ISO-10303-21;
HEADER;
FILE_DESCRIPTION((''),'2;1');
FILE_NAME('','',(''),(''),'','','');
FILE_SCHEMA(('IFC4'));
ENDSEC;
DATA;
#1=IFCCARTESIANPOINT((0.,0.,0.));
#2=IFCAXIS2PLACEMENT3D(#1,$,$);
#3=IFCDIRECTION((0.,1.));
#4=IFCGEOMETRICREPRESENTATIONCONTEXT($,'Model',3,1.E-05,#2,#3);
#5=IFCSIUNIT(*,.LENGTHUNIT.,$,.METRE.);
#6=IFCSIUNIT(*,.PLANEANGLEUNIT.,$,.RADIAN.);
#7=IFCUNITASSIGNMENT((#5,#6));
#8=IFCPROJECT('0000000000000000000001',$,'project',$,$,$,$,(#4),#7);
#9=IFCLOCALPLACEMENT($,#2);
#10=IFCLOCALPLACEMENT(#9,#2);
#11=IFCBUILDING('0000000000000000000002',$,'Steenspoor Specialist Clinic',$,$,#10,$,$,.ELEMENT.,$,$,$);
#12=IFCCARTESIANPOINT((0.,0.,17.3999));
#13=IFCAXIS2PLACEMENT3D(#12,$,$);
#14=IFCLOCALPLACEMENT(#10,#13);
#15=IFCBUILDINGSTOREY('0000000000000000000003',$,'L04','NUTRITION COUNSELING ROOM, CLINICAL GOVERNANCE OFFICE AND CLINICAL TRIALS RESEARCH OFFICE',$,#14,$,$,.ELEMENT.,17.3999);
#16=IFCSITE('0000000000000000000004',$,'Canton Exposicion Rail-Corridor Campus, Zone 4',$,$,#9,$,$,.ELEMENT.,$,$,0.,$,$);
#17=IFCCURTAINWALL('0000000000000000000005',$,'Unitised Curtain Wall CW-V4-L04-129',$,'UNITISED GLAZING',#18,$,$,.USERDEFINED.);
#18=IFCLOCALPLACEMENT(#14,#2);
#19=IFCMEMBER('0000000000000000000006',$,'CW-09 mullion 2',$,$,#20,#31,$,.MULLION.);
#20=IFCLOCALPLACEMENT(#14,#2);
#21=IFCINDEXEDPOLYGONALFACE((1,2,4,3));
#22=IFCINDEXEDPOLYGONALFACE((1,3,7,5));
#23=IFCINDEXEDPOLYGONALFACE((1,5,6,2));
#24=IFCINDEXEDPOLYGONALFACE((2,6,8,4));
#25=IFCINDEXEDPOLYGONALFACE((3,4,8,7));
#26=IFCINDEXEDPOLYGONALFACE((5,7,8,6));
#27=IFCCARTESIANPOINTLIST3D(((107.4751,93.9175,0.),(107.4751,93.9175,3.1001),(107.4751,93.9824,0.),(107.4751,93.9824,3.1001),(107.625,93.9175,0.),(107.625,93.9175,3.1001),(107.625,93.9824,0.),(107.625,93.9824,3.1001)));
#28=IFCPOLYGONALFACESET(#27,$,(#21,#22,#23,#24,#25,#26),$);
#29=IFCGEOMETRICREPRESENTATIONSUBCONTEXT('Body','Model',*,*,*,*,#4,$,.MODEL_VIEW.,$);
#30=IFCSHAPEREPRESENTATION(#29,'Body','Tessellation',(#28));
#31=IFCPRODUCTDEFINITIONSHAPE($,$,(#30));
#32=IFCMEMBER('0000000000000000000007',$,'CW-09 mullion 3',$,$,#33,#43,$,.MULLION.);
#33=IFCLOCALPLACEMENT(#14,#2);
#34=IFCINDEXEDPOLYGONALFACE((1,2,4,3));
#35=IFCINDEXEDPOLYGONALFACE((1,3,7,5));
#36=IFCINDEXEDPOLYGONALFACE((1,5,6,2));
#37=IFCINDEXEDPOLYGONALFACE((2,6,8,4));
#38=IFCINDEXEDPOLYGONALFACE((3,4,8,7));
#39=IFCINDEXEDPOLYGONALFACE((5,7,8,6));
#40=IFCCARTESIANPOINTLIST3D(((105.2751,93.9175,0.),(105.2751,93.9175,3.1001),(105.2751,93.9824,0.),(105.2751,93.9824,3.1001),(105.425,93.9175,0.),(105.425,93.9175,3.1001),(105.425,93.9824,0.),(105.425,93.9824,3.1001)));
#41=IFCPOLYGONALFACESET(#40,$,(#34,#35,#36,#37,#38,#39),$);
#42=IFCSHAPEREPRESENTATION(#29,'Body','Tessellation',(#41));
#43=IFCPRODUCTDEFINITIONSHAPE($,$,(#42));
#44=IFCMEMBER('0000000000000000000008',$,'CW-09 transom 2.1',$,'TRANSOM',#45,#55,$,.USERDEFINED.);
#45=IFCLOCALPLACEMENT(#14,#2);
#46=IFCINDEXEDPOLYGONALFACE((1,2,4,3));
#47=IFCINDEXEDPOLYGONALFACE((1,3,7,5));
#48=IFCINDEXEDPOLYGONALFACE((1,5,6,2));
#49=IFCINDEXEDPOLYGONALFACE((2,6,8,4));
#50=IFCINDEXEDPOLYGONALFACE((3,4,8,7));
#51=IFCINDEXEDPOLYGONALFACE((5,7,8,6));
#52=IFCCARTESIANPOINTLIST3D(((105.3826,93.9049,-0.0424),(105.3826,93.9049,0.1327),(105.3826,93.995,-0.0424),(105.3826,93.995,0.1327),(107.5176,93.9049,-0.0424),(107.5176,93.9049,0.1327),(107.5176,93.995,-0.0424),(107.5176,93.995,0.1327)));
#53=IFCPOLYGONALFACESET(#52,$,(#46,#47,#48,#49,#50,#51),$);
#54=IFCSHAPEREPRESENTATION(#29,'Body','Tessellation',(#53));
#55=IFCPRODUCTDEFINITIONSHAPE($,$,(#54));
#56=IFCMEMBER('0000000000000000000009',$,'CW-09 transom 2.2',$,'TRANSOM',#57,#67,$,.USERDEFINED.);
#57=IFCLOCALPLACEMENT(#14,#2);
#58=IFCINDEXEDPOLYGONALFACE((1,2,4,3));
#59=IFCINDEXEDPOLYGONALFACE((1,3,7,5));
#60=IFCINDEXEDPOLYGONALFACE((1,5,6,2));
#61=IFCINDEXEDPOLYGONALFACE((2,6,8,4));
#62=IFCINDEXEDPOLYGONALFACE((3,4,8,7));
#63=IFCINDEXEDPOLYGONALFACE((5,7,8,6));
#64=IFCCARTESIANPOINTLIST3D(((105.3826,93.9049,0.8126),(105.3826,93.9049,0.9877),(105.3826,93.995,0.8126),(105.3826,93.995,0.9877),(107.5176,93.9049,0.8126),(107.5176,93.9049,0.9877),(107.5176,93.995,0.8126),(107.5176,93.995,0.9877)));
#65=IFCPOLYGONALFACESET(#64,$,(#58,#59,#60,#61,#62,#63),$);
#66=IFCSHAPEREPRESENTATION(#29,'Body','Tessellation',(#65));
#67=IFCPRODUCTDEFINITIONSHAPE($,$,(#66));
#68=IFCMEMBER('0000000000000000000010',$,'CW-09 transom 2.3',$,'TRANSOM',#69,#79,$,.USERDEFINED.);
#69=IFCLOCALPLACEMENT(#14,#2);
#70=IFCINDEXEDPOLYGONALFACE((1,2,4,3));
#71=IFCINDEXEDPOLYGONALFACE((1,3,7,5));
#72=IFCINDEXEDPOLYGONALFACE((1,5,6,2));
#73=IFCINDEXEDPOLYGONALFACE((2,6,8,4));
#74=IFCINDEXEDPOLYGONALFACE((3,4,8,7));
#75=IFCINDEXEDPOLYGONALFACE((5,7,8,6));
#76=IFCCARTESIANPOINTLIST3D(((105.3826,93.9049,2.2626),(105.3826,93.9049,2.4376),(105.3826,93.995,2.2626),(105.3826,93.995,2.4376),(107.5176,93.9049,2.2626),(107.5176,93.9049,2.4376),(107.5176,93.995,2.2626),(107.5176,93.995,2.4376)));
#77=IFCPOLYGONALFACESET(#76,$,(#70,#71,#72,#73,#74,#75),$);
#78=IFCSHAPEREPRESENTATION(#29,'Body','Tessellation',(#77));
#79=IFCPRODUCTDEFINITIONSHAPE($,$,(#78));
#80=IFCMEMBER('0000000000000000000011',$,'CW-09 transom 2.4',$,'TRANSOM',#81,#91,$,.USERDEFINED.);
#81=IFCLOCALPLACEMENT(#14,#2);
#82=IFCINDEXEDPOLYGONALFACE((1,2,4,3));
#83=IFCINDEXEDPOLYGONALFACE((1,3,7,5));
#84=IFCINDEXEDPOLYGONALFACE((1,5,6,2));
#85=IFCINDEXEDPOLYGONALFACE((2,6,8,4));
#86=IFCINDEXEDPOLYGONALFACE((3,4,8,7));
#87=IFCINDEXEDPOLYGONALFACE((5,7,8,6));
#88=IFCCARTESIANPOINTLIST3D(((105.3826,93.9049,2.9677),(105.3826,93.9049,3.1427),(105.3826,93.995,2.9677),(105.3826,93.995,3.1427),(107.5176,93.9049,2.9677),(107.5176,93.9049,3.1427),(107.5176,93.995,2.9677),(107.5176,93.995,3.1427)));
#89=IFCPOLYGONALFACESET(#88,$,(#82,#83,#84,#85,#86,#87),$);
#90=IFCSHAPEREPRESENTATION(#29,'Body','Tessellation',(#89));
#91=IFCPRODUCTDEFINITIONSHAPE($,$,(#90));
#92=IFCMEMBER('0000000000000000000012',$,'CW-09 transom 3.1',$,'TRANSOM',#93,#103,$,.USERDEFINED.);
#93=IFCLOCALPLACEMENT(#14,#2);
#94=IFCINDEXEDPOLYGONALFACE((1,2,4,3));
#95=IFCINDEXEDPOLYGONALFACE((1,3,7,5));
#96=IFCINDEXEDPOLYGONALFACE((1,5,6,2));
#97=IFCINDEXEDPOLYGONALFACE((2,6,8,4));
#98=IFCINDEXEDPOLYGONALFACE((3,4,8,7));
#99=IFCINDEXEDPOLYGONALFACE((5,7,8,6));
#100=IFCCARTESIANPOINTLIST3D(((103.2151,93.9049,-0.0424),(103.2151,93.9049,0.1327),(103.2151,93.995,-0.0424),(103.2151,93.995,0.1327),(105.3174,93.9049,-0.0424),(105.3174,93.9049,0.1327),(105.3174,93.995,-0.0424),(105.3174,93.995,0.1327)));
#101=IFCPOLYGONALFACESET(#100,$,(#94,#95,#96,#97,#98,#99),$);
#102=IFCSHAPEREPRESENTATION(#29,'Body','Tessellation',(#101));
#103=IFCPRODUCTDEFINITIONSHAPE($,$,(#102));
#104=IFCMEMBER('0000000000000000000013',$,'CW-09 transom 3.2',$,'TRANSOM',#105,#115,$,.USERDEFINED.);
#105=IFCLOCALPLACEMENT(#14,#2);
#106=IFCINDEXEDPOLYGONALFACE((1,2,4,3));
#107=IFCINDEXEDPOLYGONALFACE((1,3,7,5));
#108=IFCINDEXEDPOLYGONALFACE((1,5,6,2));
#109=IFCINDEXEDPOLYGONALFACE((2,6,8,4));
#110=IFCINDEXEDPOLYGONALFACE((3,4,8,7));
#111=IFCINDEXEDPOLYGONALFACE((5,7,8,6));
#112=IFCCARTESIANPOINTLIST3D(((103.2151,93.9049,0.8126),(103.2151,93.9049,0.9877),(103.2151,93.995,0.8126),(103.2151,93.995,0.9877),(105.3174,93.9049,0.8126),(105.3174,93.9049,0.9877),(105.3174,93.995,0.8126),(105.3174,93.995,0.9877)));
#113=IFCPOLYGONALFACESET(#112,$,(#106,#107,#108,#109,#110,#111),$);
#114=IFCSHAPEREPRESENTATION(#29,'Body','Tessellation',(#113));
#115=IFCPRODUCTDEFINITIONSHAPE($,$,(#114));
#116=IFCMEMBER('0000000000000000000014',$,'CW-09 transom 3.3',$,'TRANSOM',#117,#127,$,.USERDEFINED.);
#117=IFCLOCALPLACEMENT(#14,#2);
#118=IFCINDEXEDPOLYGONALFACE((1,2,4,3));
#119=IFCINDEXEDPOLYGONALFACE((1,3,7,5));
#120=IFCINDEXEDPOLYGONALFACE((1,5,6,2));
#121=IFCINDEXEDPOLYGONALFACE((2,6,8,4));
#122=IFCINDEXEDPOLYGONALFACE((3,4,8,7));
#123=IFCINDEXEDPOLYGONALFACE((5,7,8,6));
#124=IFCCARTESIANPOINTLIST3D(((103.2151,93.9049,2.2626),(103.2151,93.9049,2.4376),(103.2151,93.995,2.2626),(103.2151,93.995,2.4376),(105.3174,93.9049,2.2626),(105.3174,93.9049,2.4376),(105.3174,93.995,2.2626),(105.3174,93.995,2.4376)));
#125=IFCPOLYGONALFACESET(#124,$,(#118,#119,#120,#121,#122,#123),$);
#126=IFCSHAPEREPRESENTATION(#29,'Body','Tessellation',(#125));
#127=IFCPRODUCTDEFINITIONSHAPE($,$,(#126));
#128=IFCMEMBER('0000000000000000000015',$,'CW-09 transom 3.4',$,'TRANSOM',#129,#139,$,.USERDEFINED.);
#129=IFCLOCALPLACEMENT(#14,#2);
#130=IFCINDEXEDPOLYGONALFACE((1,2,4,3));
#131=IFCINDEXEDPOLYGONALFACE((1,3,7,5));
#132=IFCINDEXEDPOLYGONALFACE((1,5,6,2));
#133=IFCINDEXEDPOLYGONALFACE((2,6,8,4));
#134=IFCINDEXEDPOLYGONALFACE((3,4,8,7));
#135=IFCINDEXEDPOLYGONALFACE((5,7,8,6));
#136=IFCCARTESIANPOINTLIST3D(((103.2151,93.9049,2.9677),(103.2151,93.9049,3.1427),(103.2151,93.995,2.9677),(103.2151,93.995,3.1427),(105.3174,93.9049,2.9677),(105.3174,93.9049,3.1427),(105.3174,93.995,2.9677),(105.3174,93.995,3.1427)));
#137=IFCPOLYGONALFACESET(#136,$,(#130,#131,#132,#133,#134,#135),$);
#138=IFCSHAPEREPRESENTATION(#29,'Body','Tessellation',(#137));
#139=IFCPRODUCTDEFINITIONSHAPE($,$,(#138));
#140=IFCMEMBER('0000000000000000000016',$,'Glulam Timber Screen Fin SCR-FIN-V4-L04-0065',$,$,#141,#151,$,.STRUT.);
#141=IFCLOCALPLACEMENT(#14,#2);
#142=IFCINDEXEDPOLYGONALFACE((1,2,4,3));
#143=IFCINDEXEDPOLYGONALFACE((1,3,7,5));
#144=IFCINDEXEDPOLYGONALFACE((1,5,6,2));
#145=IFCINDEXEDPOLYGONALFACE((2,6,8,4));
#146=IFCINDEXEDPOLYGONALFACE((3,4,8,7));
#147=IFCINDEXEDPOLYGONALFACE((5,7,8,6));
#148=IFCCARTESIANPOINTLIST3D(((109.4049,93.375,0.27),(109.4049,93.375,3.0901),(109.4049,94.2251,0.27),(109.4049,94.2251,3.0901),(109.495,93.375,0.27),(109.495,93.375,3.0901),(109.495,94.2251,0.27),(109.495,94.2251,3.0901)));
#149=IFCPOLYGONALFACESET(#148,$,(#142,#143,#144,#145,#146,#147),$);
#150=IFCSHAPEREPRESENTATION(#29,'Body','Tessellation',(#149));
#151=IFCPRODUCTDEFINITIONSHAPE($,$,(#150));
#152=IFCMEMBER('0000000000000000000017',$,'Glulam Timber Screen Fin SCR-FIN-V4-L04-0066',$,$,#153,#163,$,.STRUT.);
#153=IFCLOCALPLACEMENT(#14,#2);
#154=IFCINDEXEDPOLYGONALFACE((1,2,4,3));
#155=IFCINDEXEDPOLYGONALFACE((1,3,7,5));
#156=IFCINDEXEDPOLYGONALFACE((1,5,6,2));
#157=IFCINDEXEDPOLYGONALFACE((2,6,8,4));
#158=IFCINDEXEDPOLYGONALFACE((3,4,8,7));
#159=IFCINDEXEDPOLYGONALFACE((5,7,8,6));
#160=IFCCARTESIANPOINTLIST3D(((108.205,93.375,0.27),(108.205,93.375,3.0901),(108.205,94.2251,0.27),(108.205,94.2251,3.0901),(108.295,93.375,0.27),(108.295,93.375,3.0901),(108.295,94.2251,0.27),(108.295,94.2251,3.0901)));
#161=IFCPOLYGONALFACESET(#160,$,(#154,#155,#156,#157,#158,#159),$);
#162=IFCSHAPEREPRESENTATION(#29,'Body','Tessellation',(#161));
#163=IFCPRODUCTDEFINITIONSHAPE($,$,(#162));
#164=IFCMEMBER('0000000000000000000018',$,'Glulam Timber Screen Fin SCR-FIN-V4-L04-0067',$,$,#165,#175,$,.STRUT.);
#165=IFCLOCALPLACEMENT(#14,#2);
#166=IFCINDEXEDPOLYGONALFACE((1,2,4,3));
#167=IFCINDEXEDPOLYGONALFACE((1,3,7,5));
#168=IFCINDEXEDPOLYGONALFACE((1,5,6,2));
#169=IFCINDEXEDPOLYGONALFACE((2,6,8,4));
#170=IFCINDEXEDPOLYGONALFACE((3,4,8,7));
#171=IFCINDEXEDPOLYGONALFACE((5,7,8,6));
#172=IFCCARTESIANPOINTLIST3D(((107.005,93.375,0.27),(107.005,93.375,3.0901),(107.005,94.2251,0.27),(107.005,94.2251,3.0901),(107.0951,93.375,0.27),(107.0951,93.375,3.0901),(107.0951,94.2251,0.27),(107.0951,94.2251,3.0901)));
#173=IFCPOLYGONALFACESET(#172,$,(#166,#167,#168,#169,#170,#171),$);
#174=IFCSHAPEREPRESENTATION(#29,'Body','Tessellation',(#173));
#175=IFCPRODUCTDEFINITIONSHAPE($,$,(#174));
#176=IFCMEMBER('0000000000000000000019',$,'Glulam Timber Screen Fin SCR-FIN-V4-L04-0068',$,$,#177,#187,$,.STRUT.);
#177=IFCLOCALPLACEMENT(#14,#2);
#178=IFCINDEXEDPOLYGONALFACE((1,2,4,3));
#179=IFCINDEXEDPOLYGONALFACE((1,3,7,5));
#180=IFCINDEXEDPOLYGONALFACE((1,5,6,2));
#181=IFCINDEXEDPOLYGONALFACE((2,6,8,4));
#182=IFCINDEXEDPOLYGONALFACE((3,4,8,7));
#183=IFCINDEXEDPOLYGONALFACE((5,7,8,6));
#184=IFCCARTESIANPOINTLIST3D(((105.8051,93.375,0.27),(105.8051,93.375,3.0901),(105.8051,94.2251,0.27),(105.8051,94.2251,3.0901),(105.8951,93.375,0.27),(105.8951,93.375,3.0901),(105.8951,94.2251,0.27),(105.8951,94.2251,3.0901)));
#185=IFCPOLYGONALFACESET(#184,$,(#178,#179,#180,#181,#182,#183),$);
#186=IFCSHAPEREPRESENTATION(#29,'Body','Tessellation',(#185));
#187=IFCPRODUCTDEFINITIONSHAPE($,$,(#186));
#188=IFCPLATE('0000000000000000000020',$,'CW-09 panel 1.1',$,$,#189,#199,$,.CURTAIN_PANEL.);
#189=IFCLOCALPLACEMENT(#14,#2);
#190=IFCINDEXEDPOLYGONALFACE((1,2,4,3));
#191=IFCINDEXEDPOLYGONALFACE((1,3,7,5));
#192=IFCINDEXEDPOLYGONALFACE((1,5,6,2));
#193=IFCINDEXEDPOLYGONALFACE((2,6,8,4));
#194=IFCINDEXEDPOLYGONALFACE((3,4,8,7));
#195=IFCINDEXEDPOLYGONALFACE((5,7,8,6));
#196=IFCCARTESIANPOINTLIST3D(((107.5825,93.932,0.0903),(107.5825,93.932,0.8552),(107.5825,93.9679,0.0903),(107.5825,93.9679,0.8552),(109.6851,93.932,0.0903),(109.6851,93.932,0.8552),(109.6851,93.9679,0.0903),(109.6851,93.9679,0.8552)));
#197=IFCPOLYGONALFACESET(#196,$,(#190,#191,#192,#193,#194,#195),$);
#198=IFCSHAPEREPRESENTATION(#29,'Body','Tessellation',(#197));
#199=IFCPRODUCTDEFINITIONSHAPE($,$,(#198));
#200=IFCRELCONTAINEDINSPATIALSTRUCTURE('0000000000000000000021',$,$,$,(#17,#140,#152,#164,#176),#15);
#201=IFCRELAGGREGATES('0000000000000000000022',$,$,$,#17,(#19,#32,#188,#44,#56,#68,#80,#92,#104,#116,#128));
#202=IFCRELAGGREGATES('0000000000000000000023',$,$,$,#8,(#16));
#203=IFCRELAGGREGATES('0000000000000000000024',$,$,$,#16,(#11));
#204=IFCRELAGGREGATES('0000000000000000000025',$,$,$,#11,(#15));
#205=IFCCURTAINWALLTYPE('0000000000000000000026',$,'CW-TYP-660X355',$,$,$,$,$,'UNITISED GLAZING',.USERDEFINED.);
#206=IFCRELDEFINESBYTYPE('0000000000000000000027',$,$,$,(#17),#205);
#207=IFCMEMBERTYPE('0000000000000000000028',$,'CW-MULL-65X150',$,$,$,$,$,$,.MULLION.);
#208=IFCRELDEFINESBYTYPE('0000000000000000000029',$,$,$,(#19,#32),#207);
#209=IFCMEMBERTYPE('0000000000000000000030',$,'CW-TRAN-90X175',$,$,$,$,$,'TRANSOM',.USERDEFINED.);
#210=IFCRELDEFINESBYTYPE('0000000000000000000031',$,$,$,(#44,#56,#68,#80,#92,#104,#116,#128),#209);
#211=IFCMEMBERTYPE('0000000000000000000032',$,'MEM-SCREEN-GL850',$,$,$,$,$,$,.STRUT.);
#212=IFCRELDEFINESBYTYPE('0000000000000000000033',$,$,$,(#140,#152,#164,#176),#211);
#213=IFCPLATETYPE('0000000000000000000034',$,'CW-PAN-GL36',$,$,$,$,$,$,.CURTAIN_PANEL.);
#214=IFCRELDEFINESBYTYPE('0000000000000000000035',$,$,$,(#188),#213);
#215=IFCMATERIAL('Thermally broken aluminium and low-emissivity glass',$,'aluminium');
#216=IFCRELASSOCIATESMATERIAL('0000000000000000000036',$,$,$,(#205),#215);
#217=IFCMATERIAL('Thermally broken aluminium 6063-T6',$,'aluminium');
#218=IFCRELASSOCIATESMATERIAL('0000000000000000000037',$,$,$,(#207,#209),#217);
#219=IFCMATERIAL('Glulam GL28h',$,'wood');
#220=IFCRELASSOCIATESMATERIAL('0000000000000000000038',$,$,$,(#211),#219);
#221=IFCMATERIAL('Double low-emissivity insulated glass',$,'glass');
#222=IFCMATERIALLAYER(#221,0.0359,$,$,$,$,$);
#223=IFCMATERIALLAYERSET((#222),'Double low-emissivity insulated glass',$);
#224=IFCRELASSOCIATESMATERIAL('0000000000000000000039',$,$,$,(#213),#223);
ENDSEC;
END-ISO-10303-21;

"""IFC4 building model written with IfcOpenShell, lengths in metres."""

from ifc_helpers import new_model, si_unit, direction, frame, origin, origin_2d, place, context, subcontext, project, spatial, rectangle, extrude, material, layer, layer_set, material_profile, profile_set, type_object, element, aggregate, save


model = new_model("IFC4")

# Units and contexts
model_context = context("Model", 3, precision=1e-05, world=origin(), true_north=direction((0.0, 1.0)))
body_context = subcontext(model_context, "Body", "Model", "MODEL_VIEW")
ifc_project = project(units=[si_unit("LENGTHUNIT", "METRE"), si_unit("PLANEANGLEUNIT", "RADIAN")], contexts=[model_context])

# Site, building, storey
site_placement = place(None, origin())
site = spatial("IfcSite", under=ifc_project, at=site_placement, Name="Canton Exposicion Rail-Corridor Campus, Zone 4", CompositionType="ELEMENT", RefElevation=0.0)
building_placement = place(site_placement, origin())
building = spatial("IfcBuilding", under=site, at=building_placement, Name="Steenspoor Specialist Clinic", CompositionType="ELEMENT")
storey_placement = place(building_placement, frame((0.0, 0.0, 17.3999)))
storey = spatial("IfcBuildingStorey", under=building, at=storey_placement, Name="L04", Description="NUTRITION COUNSELING ROOM, CLINICAL GOVERNANCE OFFICE AND CLINICAL TRIALS RESEARCH OFFICE", CompositionType="ELEMENT", Elevation=17.3999)

# Curtain wall, members
ifc_material_1 = material(Name="Thermally broken aluminium and low-emissivity glass", Category="aluminium")
curtain_wall_type = type_object("IfcCurtainWallType", Name="CW-TYP-660X355", ElementType="UNITISED GLAZING", PredefinedType="USERDEFINED", material=ifc_material_1)
curtain_wall_placement = place(storey_placement, origin())
curtain_wall = element("IfcCurtainWall", 1, at=curtain_wall_placement, inside=storey, type_object=curtain_wall_type, Name="Unitised Curtain Wall CW-V4-L04-129", ObjectType="UNITISED GLAZING", PredefinedType="USERDEFINED")
ifc_material_2 = material(Name="Thermally broken aluminium 6063-T6", Category="aluminium")
ifc_material_profile_1 = material_profile(ifc_material_2, rectangle(XDim=0.0649, YDim=0.1499, at=origin_2d()), Name="CWM-65X150")
ifc_profile_set_1 = profile_set([ifc_material_profile_1], Name="Thermally broken aluminium 6063-T6")
member_type_1 = type_object("IfcMemberType", Name="CW-MULL-65X150", PredefinedType="MULLION", material=ifc_profile_set_1)
member_1_placement = place(storey_placement, frame((107.55, 93.95, 0.0), z_axis=(0.0, 0.0, 1.0), x_axis=(0.0, -1.0, 0.0)))
member_1 = element("IfcMember", 2, at=member_1_placement, type_object=member_type_1, Name="CW-09 mullion 2", PredefinedType="MULLION", context=body_context, shape_type="SweptSolid", body=[
    extrude(rectangle(XDim=0.0649, YDim=0.1499, at=origin_2d()), origin(), (0.0, 0.0, 1.0), 3.1001),
])
member_2_placement = place(storey_placement, frame((105.3501, 93.95, 0.0), z_axis=(0.0, 0.0, 1.0), x_axis=(0.0, -1.0, 0.0)))
member_2 = element("IfcMember", 3, at=member_2_placement, type_object=member_type_1, Name="CW-09 mullion 3", PredefinedType="MULLION", context=body_context, shape_type="SweptSolid", body=[
    extrude(rectangle(XDim=0.0649, YDim=0.1499, at=origin_2d()), origin(), (0.0, 0.0, 1.0), 3.1001),
])
ifc_material_profile_2 = material_profile(ifc_material_2, rectangle(XDim=0.0901, YDim=0.175, at=origin_2d()), Name="CWT-90X175")
ifc_profile_set_2 = profile_set([ifc_material_profile_2], Name="Thermally broken aluminium 6063-T6")
member_type_2 = type_object("IfcMemberType", Name="CW-TRAN-90X175", ElementType="TRANSOM", PredefinedType="USERDEFINED", material=ifc_profile_set_2)
member_3_placement = place(storey_placement, frame((107.5176, 93.95, 0.0452), z_axis=(-1.0, 0.0, 0.0), x_axis=(0.0, -1.0, 0.0)))
member_3 = element("IfcMember", 4, at=member_3_placement, type_object=member_type_2, Name="CW-09 transom 2.1", ObjectType="TRANSOM", PredefinedType="USERDEFINED", context=body_context, shape_type="SweptSolid", body=[
    extrude(rectangle(XDim=0.0901, YDim=0.175, at=origin_2d()), origin(), (0.0, 0.0, 1.0), 2.135),
])
member_4_placement = place(storey_placement, frame((107.5176, 93.95, 0.9001), z_axis=(-1.0, 0.0, 0.0), x_axis=(0.0, -1.0, 0.0)))
member_4 = element("IfcMember", 5, at=member_4_placement, type_object=member_type_2, Name="CW-09 transom 2.2", ObjectType="TRANSOM", PredefinedType="USERDEFINED", context=body_context, shape_type="SweptSolid", body=[
    extrude(rectangle(XDim=0.0901, YDim=0.175, at=origin_2d()), origin(), (0.0, 0.0, 1.0), 2.135),
])
member_5_placement = place(storey_placement, frame((107.5176, 93.95, 2.3501), z_axis=(-1.0, 0.0, 0.0), x_axis=(0.0, -1.0, 0.0)))
member_5 = element("IfcMember", 6, at=member_5_placement, type_object=member_type_2, Name="CW-09 transom 2.3", ObjectType="TRANSOM", PredefinedType="USERDEFINED", context=body_context, shape_type="SweptSolid", body=[
    extrude(rectangle(XDim=0.0901, YDim=0.175, at=origin_2d()), origin(), (0.0, 0.0, 1.0), 2.135),
])
member_6_placement = place(storey_placement, frame((107.5176, 93.95, 3.0552), z_axis=(-1.0, 0.0, 0.0), x_axis=(0.0, -1.0, 0.0)))
member_6 = element("IfcMember", 7, at=member_6_placement, type_object=member_type_2, Name="CW-09 transom 2.4", ObjectType="TRANSOM", PredefinedType="USERDEFINED", context=body_context, shape_type="SweptSolid", body=[
    extrude(rectangle(XDim=0.0901, YDim=0.175, at=origin_2d()), origin(), (0.0, 0.0, 1.0), 2.135),
])
member_7_placement = place(storey_placement, frame((105.3174, 93.95, 0.0452), z_axis=(-1.0, 0.0, 0.0), x_axis=(0.0, -1.0, 0.0)))
member_7 = element("IfcMember", 8, at=member_7_placement, type_object=member_type_2, Name="CW-09 transom 3.1", ObjectType="TRANSOM", PredefinedType="USERDEFINED", context=body_context, shape_type="SweptSolid", body=[
    extrude(rectangle(XDim=0.0901, YDim=0.175, at=origin_2d()), origin(), (0.0, 0.0, 1.0), 2.1023),
])
member_8_placement = place(storey_placement, frame((105.3174, 93.95, 0.9001), z_axis=(-1.0, 0.0, 0.0), x_axis=(0.0, -1.0, 0.0)))
member_8 = element("IfcMember", 9, at=member_8_placement, type_object=member_type_2, Name="CW-09 transom 3.2", ObjectType="TRANSOM", PredefinedType="USERDEFINED", context=body_context, shape_type="SweptSolid", body=[
    extrude(rectangle(XDim=0.0901, YDim=0.175, at=origin_2d()), origin(), (0.0, 0.0, 1.0), 2.1023),
])
member_9_placement = place(storey_placement, frame((105.3174, 93.95, 2.3501), z_axis=(-1.0, 0.0, 0.0), x_axis=(0.0, -1.0, 0.0)))
member_9 = element("IfcMember", 10, at=member_9_placement, type_object=member_type_2, Name="CW-09 transom 3.3", ObjectType="TRANSOM", PredefinedType="USERDEFINED", context=body_context, shape_type="SweptSolid", body=[
    extrude(rectangle(XDim=0.0901, YDim=0.175, at=origin_2d()), origin(), (0.0, 0.0, 1.0), 2.1023),
])
member_10_placement = place(storey_placement, frame((105.3174, 93.95, 3.0552), z_axis=(-1.0, 0.0, 0.0), x_axis=(0.0, -1.0, 0.0)))
member_10 = element("IfcMember", 11, at=member_10_placement, type_object=member_type_2, Name="CW-09 transom 3.4", ObjectType="TRANSOM", PredefinedType="USERDEFINED", context=body_context, shape_type="SweptSolid", body=[
    extrude(rectangle(XDim=0.0901, YDim=0.175, at=origin_2d()), origin(), (0.0, 0.0, 1.0), 2.1023),
])

# Members
ifc_material_3 = material(Name="Glulam GL28h", Category="wood")
ifc_material_profile_3 = material_profile(ifc_material_3, rectangle(XDim=0.0901, YDim=0.8501, at=origin_2d()), Name="GL28H-90X850")
ifc_profile_set_3 = profile_set([ifc_material_profile_3], Name="Glulam GL28h")
member_type_3 = type_object("IfcMemberType", Name="MEM-SCREEN-GL850", PredefinedType="STRUT", material=ifc_profile_set_3)
for number, where, z_axis, x_axis, name in (
    (12, (109.45, 93.8, 0.27), (0.0, 0.0, 1.0), (-1.0, 0.0, 0.0), "Glulam Timber Screen Fin SCR-FIN-V4-L04-0065"),
    (13, (108.25, 93.8, 0.27), (0.0, 0.0, 1.0), (-1.0, 0.0, 0.0), "Glulam Timber Screen Fin SCR-FIN-V4-L04-0066"),
    (14, (107.05, 93.8, 0.27), (0.0, 0.0, 1.0), (-1.0, 0.0, 0.0), "Glulam Timber Screen Fin SCR-FIN-V4-L04-0067"),
    (15, (105.8501, 93.8, 0.27), (0.0, 0.0, 1.0), (-1.0, 0.0, 0.0), "Glulam Timber Screen Fin SCR-FIN-V4-L04-0068"),
):
    element("IfcMember", number, at=place(storey_placement, frame(where, z_axis=z_axis, x_axis=x_axis)), inside=storey, type_object=member_type_3, Name=name, PredefinedType="STRUT", context=body_context, shape_type="SweptSolid", body=[
        extrude(rectangle(XDim=0.0901, YDim=0.8501, at=origin_2d()), origin(), (0.0, 0.0, 1.0), 2.8201),
    ])

# Plate
ifc_material_4 = material(Name="Double low-emissivity insulated glass", Category="glass")
ifc_layer = layer(ifc_material_4, 0.0359)
ifc_layer_set = layer_set([ifc_layer], Name="Double low-emissivity insulated glass")
plate_type = type_object("IfcPlateType", Name="CW-PAN-GL36", PredefinedType="CURTAIN_PANEL", material=ifc_layer_set)
plate_1_placement = place(storey_placement, frame((108.6338, 93.95, 0.0903), z_axis=(0.0, 0.0, 1.0), x_axis=(-1.0, 0.0, 0.0)))
plate_1 = element("IfcPlate", 16, at=plate_1_placement, type_object=plate_type, Name="CW-09 panel 1.1", PredefinedType="CURTAIN_PANEL", context=body_context, shape_type="SweptSolid", body=[
    extrude(rectangle(XDim=2.1025, YDim=0.0359, at=origin_2d()), origin(), (0.0, 0.0, 1.0), 0.7649),
])
aggregate(curtain_wall, [member_1, member_2, plate_1, member_3, member_4, member_5, member_6, member_7, member_8, member_9, member_10])

save(model, "model.ifc")
